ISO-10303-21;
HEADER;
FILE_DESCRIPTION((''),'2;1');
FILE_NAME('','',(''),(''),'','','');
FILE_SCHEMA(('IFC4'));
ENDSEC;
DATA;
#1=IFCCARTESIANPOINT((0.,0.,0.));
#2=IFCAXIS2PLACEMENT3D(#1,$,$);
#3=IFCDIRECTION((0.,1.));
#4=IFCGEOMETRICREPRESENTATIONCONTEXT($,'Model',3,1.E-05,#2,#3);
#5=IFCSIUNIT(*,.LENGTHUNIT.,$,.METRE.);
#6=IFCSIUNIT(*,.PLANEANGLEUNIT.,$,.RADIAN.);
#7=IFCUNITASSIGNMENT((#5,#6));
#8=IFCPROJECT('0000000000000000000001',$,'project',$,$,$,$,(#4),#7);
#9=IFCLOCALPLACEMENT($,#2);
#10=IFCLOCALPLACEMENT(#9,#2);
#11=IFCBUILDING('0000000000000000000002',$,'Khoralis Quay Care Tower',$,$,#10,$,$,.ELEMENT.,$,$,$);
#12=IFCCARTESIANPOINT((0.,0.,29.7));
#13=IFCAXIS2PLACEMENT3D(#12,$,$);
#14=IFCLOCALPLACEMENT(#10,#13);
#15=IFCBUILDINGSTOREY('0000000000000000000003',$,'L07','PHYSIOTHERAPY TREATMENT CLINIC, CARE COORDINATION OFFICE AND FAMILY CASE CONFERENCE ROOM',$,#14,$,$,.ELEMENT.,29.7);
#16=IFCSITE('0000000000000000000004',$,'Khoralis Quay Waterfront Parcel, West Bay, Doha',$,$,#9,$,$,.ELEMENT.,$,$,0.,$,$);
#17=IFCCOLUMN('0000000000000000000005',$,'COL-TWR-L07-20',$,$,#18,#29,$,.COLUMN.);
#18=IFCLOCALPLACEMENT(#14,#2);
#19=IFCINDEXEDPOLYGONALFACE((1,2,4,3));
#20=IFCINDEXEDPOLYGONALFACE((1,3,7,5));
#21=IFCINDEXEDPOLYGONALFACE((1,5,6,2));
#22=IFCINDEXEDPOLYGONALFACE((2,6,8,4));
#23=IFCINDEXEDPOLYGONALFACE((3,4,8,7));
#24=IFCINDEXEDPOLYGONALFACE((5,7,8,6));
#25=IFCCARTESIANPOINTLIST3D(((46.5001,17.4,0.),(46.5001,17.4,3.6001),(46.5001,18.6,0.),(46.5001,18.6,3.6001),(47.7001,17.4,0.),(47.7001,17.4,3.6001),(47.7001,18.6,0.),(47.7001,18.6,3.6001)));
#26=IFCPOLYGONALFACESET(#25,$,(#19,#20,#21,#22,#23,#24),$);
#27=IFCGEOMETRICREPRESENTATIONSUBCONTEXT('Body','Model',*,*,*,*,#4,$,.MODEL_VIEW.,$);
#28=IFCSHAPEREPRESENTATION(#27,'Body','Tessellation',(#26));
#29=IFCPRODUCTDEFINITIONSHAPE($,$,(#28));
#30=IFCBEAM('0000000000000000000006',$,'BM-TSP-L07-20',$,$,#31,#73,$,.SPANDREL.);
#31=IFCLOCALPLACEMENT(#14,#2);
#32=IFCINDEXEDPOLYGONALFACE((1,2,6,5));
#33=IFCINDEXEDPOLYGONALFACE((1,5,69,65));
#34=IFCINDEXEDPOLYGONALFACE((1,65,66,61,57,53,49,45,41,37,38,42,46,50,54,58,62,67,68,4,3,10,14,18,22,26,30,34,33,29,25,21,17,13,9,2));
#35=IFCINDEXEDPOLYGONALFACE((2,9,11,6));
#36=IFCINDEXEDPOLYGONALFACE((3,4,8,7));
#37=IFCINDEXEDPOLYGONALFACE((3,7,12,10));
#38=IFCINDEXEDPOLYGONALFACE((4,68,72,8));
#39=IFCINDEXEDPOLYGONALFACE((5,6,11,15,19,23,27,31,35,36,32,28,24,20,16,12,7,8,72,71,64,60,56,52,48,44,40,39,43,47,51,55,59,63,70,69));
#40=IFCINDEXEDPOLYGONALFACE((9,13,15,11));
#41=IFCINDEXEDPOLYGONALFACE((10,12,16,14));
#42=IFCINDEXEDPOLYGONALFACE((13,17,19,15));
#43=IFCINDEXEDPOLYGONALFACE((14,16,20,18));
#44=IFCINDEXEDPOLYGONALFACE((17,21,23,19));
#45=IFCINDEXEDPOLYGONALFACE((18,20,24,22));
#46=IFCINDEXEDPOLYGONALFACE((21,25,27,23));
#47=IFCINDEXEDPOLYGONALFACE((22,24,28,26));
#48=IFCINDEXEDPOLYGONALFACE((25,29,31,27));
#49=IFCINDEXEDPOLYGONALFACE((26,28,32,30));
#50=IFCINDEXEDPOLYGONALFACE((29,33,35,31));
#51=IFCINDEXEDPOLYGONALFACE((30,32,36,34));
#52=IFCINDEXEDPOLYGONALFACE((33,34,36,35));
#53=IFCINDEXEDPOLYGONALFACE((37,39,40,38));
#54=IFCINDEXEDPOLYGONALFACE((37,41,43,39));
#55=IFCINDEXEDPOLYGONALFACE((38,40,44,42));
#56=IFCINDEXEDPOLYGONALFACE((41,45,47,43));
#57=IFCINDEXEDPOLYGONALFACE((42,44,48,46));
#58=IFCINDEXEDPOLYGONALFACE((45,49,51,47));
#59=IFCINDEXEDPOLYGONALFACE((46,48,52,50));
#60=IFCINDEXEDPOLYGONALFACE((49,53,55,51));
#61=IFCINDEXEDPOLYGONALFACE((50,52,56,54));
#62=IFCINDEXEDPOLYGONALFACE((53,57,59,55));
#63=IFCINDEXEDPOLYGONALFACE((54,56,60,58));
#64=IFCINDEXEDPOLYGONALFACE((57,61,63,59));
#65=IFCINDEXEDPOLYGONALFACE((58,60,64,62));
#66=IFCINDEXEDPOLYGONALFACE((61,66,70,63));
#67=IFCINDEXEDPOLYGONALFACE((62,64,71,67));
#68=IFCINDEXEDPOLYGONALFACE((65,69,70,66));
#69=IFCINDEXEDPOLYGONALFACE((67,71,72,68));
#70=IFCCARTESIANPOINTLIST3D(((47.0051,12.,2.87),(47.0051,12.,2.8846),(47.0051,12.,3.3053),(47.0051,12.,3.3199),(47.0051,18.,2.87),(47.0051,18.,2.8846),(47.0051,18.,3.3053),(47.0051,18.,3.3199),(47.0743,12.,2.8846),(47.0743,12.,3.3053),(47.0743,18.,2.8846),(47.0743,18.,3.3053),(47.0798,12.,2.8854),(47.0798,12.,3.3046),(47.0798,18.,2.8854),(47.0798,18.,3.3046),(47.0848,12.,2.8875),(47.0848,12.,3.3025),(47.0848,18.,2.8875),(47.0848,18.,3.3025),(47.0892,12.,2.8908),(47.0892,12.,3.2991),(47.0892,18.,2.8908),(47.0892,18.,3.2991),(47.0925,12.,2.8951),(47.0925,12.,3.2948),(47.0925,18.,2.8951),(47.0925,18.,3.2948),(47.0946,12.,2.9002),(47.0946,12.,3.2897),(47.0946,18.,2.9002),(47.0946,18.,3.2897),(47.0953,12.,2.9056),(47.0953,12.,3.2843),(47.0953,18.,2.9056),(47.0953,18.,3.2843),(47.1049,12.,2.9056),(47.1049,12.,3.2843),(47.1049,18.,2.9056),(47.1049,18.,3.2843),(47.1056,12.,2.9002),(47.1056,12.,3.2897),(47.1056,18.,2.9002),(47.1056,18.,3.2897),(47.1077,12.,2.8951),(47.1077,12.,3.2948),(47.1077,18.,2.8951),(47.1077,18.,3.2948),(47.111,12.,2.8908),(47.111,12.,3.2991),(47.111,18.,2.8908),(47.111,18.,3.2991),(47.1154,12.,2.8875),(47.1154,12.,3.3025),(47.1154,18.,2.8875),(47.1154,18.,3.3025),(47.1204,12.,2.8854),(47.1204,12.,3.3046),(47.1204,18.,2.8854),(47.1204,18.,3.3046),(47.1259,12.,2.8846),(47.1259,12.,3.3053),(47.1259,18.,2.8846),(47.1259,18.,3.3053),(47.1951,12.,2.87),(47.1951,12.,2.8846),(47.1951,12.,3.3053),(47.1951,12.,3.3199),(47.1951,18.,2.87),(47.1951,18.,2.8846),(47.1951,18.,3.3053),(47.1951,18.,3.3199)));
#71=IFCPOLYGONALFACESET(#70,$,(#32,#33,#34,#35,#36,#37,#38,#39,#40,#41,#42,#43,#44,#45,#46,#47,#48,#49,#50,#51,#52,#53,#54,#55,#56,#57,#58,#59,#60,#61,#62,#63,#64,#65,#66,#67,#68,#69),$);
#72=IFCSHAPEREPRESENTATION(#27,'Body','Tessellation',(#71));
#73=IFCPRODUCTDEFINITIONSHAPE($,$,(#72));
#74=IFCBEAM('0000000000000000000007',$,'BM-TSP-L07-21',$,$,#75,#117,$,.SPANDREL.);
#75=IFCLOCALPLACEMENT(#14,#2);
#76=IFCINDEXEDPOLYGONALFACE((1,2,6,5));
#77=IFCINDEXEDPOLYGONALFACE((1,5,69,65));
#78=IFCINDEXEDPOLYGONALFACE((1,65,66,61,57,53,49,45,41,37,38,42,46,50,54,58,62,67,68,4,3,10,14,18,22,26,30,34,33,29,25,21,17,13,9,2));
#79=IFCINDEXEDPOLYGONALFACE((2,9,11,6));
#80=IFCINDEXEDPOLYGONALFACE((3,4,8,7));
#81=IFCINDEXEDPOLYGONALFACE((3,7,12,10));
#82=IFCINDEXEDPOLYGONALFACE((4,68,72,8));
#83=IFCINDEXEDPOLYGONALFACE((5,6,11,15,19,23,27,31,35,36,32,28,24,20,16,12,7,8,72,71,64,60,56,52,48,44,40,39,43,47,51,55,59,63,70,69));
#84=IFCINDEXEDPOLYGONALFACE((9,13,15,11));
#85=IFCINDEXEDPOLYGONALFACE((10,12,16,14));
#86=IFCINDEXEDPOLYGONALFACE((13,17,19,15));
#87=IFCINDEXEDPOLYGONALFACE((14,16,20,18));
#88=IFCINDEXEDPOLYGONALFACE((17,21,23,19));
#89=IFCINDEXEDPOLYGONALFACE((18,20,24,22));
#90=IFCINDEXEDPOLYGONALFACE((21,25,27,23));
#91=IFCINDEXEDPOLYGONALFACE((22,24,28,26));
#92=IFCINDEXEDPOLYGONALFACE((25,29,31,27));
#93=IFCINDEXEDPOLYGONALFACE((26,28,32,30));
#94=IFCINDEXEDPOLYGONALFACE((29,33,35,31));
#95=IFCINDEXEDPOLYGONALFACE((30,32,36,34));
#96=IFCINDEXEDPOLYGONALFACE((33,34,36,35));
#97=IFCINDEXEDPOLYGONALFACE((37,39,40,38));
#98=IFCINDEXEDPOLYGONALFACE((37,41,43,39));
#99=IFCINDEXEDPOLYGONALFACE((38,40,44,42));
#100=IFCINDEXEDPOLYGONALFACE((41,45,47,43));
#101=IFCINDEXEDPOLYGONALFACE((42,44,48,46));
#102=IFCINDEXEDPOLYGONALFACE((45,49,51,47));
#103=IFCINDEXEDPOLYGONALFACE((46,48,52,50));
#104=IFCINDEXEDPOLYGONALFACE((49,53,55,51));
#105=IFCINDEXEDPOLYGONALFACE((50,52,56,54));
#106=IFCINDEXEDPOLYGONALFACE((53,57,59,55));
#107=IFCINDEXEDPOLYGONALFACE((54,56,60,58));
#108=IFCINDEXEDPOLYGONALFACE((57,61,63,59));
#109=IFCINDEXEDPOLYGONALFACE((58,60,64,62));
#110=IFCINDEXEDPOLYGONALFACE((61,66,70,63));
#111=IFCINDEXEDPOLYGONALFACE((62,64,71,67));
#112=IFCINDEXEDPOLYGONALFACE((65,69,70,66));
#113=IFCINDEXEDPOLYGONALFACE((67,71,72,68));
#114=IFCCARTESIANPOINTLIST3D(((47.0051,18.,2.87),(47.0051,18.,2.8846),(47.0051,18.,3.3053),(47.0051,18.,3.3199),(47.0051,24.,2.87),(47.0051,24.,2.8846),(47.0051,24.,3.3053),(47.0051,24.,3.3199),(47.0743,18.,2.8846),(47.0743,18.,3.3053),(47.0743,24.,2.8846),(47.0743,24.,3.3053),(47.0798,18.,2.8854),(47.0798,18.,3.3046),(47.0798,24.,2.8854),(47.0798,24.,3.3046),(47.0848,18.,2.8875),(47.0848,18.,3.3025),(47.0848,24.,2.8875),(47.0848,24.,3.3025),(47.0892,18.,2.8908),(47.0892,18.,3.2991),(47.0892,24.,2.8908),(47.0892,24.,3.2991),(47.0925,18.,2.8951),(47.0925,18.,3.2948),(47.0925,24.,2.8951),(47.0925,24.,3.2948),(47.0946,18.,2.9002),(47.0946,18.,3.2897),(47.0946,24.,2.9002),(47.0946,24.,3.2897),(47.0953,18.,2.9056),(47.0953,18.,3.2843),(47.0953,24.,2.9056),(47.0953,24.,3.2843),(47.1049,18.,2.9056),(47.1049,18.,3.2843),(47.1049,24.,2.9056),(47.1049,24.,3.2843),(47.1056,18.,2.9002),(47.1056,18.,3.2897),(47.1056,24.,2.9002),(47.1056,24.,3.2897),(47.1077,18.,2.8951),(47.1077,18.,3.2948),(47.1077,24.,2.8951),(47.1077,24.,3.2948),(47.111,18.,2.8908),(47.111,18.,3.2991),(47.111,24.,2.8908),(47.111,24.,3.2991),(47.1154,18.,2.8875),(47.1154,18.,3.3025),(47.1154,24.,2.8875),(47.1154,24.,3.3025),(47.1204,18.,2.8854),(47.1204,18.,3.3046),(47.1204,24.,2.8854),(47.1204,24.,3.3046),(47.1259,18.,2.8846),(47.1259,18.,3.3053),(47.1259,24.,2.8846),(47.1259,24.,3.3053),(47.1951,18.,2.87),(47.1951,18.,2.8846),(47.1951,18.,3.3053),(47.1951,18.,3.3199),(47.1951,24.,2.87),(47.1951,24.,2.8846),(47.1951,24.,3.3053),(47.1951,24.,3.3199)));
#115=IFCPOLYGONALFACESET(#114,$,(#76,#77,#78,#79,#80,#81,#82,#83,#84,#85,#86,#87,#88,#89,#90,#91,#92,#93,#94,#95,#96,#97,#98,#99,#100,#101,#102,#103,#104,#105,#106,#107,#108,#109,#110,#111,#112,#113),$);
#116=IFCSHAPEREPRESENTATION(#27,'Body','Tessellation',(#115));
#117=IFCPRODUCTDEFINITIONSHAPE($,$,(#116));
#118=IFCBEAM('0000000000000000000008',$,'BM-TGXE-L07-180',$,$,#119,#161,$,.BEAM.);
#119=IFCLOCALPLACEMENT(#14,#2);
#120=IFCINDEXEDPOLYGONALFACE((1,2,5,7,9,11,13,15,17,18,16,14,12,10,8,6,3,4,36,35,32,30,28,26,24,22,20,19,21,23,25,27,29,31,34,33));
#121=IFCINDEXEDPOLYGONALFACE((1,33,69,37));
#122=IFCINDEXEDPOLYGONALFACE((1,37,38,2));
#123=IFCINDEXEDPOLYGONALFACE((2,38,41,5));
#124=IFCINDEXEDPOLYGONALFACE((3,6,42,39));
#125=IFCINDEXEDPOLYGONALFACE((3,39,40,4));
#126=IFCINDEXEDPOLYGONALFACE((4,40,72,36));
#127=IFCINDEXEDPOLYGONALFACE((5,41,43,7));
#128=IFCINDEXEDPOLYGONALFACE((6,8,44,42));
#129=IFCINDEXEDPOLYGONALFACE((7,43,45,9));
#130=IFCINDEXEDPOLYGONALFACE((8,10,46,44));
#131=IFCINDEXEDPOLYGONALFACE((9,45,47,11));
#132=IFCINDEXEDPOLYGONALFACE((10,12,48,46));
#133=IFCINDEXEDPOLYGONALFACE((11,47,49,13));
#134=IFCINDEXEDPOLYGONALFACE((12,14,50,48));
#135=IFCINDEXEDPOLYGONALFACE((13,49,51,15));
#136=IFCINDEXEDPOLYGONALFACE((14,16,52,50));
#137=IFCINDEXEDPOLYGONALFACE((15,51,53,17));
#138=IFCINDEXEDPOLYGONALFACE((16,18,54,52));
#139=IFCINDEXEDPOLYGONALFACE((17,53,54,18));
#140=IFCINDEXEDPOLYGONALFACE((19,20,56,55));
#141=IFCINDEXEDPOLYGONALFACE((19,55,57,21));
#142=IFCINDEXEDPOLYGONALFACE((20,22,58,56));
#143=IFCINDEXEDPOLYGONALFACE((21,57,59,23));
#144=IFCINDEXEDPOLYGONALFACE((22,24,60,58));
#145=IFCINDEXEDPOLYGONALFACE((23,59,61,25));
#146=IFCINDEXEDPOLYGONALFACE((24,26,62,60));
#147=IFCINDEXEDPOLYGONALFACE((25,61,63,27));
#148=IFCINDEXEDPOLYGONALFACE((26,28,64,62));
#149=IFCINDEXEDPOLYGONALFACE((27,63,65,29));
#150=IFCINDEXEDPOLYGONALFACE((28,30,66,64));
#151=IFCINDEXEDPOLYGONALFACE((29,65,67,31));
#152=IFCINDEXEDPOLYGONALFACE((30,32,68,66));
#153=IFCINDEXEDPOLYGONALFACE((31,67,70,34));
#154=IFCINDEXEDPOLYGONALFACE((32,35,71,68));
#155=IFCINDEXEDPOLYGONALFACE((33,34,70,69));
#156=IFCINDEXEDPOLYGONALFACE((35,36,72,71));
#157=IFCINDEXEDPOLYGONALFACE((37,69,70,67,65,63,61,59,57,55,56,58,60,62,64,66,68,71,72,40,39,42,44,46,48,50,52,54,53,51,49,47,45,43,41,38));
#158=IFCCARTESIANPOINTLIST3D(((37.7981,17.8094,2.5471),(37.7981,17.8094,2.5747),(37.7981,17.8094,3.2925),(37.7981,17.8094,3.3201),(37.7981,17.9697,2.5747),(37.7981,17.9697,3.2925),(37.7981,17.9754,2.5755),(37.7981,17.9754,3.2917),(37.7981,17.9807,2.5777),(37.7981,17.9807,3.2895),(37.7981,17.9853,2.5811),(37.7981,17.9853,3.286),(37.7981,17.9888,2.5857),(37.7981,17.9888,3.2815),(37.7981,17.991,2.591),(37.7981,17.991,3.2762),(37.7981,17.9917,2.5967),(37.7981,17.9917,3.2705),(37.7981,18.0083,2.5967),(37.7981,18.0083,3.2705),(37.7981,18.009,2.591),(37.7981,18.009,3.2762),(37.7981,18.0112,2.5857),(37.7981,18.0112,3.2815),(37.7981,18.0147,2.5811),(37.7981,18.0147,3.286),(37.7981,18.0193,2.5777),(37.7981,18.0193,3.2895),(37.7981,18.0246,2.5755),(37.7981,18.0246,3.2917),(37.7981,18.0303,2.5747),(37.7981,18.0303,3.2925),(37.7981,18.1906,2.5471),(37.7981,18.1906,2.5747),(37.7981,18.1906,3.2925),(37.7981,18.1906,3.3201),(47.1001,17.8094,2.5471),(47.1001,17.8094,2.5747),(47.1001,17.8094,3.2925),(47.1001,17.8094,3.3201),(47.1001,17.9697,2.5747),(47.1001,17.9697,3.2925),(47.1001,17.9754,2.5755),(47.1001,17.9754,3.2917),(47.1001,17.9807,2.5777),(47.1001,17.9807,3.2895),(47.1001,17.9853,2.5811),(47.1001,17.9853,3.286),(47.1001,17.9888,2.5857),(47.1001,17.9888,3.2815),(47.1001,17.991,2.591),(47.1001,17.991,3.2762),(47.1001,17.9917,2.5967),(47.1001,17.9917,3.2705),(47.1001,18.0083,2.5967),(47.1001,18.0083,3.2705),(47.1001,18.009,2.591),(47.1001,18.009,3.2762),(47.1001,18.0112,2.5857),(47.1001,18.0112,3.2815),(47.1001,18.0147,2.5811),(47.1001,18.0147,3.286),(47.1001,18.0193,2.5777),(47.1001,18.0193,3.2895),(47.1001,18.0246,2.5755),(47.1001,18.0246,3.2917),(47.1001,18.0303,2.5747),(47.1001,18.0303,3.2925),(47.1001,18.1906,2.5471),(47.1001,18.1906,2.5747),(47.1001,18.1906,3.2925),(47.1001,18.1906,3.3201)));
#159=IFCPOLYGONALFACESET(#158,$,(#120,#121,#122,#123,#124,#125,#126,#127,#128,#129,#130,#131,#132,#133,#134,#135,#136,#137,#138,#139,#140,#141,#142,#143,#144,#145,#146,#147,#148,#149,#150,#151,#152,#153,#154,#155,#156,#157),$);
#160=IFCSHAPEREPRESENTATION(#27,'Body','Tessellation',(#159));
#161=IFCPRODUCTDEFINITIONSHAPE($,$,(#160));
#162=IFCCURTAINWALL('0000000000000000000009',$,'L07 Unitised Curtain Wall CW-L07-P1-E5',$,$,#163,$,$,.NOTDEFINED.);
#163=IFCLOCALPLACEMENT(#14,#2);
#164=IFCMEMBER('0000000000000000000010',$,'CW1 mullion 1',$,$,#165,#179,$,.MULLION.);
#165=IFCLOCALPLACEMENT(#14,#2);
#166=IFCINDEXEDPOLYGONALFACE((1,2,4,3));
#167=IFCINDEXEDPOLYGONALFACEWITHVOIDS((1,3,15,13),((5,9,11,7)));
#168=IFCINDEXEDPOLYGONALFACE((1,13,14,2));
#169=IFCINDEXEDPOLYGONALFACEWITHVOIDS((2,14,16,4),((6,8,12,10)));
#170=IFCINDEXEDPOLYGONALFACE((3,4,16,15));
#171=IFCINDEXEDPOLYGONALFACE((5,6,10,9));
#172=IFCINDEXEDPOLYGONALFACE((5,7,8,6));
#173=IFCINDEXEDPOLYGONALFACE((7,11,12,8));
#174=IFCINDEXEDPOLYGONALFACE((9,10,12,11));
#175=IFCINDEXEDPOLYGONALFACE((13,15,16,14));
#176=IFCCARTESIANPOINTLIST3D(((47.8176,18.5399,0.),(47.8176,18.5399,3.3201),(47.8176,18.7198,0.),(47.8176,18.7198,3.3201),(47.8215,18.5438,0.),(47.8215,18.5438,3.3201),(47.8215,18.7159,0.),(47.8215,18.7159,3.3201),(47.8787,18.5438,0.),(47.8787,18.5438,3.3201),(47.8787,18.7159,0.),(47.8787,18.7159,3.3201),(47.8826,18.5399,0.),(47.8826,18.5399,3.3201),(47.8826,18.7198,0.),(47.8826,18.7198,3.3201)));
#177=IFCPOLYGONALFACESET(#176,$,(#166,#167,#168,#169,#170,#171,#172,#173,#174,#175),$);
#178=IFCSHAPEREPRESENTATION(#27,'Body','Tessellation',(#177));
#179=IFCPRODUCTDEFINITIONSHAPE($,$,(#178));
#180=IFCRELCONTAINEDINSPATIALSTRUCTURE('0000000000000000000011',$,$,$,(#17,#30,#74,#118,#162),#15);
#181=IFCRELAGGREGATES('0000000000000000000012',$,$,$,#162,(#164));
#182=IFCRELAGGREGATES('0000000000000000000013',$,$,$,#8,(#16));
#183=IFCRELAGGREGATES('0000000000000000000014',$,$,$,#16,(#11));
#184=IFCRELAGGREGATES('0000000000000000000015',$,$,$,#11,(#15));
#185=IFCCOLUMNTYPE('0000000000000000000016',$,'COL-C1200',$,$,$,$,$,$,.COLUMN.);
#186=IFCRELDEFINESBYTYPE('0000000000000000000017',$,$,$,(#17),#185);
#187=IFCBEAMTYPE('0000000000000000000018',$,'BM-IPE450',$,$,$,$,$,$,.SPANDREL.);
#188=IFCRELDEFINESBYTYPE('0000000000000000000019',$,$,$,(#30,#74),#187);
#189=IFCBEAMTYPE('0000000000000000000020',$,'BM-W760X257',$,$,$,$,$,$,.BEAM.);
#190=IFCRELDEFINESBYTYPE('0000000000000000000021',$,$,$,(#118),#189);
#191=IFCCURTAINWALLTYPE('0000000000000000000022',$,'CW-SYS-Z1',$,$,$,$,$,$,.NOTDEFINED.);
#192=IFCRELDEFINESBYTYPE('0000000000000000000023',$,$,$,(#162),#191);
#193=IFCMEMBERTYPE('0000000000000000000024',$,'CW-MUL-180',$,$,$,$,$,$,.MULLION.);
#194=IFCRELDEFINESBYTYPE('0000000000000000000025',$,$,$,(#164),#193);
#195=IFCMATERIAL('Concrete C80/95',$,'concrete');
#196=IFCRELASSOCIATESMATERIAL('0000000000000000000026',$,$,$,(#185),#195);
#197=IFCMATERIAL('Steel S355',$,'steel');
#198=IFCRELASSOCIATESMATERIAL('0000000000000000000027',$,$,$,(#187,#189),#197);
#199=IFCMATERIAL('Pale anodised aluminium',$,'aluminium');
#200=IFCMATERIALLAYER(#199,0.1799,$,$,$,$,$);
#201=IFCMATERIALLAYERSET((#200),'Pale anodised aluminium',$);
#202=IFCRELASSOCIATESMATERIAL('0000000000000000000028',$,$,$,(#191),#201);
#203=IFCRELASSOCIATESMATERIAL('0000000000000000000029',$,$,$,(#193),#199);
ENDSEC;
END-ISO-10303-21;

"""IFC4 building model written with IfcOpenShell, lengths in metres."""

from ifc_helpers import new_model, si_unit, direction, frame, origin, origin_2d, place, context, subcontext, project, spatial, rectangle, hollow_rectangle, i_section, extrude, source, transform, mapped, material, layer, layer_set, material_profile, profile_set, type_object, element, aggregate, save


model = new_model("IFC4")

# Units and contexts
model_context = context("Model", 3, precision=1e-05, world=origin(), true_north=direction((0.0, 1.0)))
body_context = subcontext(model_context, "Body", "Model", "MODEL_VIEW")
ifc_project = project(units=[si_unit("LENGTHUNIT", "METRE"), si_unit("PLANEANGLEUNIT", "RADIAN")], contexts=[model_context])

# Site, building, storey
site_placement = place(None, origin())
site = spatial("IfcSite", under=ifc_project, at=site_placement, Name="Khoralis Quay Waterfront Parcel, West Bay, Doha", CompositionType="ELEMENT", RefElevation=0.0)
building_placement = place(site_placement, origin())
building = spatial("IfcBuilding", under=site, at=building_placement, Name="Khoralis Quay Care Tower", CompositionType="ELEMENT")
storey_placement = place(building_placement, frame((0.0, 0.0, 29.7)))
storey = spatial("IfcBuildingStorey", under=building, at=storey_placement, Name="L07", Description="PHYSIOTHERAPY TREATMENT CLINIC, CARE COORDINATION OFFICE AND FAMILY CASE CONFERENCE ROOM", CompositionType="ELEMENT", Elevation=29.7)

# Column
ifc_material_1 = material(Name="Concrete C80/95", Category="concrete")
ifc_material_profile_1 = material_profile(ifc_material_1, rectangle(XDim=1.2, YDim=1.2, at=origin_2d()), Name="Concrete C80/95")
ifc_profile_set_1 = profile_set([ifc_material_profile_1], Name="Concrete C80/95")
column_type = type_object("IfcColumnType", Name="COL-C1200", PredefinedType="COLUMN", material=ifc_profile_set_1)
shared_shape_1 = source(origin(), body_context, "Body", "SweptSolid", [
    extrude(rectangle(XDim=1.2, YDim=1.2, at=origin_2d()), origin(), (0.0, 0.0, 1.0), 3.6001),
])
column_placement = place(storey_placement, frame((47.1001, 18.0, 0.0), z_axis=(0.0, 0.0, 1.0), x_axis=(1.0, 0.0, 0.0)))
element("IfcColumn", 1, at=column_placement, inside=storey, type_object=column_type, Name="COL-TWR-L07-20", PredefinedType="COLUMN", context=body_context, shape_type="MappedRepresentation", body=[
    mapped(shared_shape_1, transform((0.0, 0.0, 0.0), scale=1.0)),
])

# Beams
ifc_material_2 = material(Name="Steel S355", Category="steel")
ifc_material_profile_2 = material_profile(ifc_material_2, i_section(OverallWidth=0.1899, OverallDepth=0.45, WebThickness=0.0095, FlangeThickness=0.0146, FilletRadius=0.021, at=origin_2d()), Name="Steel S355")
ifc_profile_set_2 = profile_set([ifc_material_profile_2], Name="Steel S355")
beam_type_1 = type_object("IfcBeamType", Name="BM-IPE450", PredefinedType="SPANDREL", material=ifc_profile_set_2)
shared_shape_2 = source(origin(), body_context, "Body", "SweptSolid", [
    extrude(i_section(OverallWidth=0.1899, OverallDepth=0.45, WebThickness=0.0095, FlangeThickness=0.0146, FilletRadius=0.021, at=origin_2d()), origin(), (0.0, 0.0, 1.0), 6.0),
])
for number, where, z_axis, x_axis, name in (
    (2, (47.1001, 12.0, 3.095), (0.0, 1.0, 0.0), (-1.0, 0.0, 0.0), "BM-TSP-L07-20"),
    (3, (47.1001, 18.0, 3.095), (0.0, 1.0, 0.0), (-1.0, 0.0, 0.0), "BM-TSP-L07-21"),
):
    element("IfcBeam", number, at=place(storey_placement, frame(where, z_axis=z_axis, x_axis=x_axis)), inside=storey, type_object=beam_type_1, Name=name, PredefinedType="SPANDREL", context=body_context, shape_type="MappedRepresentation", body=[
        mapped(shared_shape_2, transform((0.0, 0.0, 0.0), scale=1.0)),
    ])
ifc_material_profile_3 = material_profile(ifc_material_2, i_section(OverallWidth=0.3811, OverallDepth=0.7729, WebThickness=0.0166, FlangeThickness=0.0276, FilletRadius=0.022, at=origin_2d()), Name="Steel S355")
ifc_profile_set_3 = profile_set([ifc_material_profile_3], Name="Steel S355")
beam_type_2 = type_object("IfcBeamType", Name="BM-W760X257", PredefinedType="BEAM", material=ifc_profile_set_3)
shared_shape_3 = source(origin(), body_context, "Body", "SweptSolid", [
    extrude(i_section(OverallWidth=0.3811, OverallDepth=0.7729, WebThickness=0.0166, FlangeThickness=0.0276, FilletRadius=0.022, at=origin_2d()), origin(), (0.0, 0.0, 1.0), 9.302),
])
beam_placement = place(storey_placement, frame((37.7981, 18.0, 2.9336), z_axis=(1.0, 0.0, 0.0), x_axis=(0.0, 1.0, 0.0)))
element("IfcBeam", 4, at=beam_placement, inside=storey, type_object=beam_type_2, Name="BM-TGXE-L07-180", PredefinedType="BEAM", context=body_context, shape_type="MappedRepresentation", body=[
    mapped(shared_shape_3, transform((0.0, 0.0, 0.0), scale=1.0)),
])

# Curtain wall, member
ifc_material_3 = material(Name="Pale anodised aluminium", Category="aluminium")
ifc_layer_1 = layer(ifc_material_3, 0.1799)
ifc_layer_set_1 = layer_set([ifc_layer_1], Name="Pale anodised aluminium")
curtain_wall_type = type_object("IfcCurtainWallType", Name="CW-SYS-Z1", PredefinedType="NOTDEFINED", material=ifc_layer_set_1)
curtain_wall_placement = place(storey_placement, origin())
curtain_wall = element("IfcCurtainWall", 5, at=curtain_wall_placement, inside=storey, type_object=curtain_wall_type, Name="L07 Unitised Curtain Wall CW-L07-P1-E5", PredefinedType="NOTDEFINED")
ifc_material_profile_4 = material_profile(ifc_material_3, hollow_rectangle(XDim=0.0649, YDim=0.1799, WallThickness=0.0039, at=origin_2d()), Name="Pale anodised aluminium")
ifc_profile_set_4 = profile_set([ifc_material_profile_4], Name="Pale anodised aluminium")
member_type_1 = type_object("IfcMemberType", Name="CW-MUL-180", PredefinedType="MULLION", material=ifc_profile_set_4)
shared_shape_4 = source(origin(), body_context, "Body", "SweptSolid", [
    extrude(hollow_rectangle(XDim=0.0649, YDim=0.1799, WallThickness=0.0039, at=origin_2d()), origin(), (0.0, 0.0, 1.0), 3.3201),
])
member_1_placement = place(storey_placement, frame((47.8501, 18.6299, 0.0), z_axis=(0.0, 0.0, 1.0), x_axis=(-1.0, 0.0, 0.0)))
member_1 = element("IfcMember", 6, at=member_1_placement, type_object=member_type_1, Name="CW1 mullion 1", PredefinedType="MULLION", context=body_context, shape_type="MappedRepresentation", body=[
    mapped(shared_shape_4, transform((0.0, 0.0, 0.0), scale=1.0)),
])
aggregate(curtain_wall, [member_1])

save(model, "model.ifc")
